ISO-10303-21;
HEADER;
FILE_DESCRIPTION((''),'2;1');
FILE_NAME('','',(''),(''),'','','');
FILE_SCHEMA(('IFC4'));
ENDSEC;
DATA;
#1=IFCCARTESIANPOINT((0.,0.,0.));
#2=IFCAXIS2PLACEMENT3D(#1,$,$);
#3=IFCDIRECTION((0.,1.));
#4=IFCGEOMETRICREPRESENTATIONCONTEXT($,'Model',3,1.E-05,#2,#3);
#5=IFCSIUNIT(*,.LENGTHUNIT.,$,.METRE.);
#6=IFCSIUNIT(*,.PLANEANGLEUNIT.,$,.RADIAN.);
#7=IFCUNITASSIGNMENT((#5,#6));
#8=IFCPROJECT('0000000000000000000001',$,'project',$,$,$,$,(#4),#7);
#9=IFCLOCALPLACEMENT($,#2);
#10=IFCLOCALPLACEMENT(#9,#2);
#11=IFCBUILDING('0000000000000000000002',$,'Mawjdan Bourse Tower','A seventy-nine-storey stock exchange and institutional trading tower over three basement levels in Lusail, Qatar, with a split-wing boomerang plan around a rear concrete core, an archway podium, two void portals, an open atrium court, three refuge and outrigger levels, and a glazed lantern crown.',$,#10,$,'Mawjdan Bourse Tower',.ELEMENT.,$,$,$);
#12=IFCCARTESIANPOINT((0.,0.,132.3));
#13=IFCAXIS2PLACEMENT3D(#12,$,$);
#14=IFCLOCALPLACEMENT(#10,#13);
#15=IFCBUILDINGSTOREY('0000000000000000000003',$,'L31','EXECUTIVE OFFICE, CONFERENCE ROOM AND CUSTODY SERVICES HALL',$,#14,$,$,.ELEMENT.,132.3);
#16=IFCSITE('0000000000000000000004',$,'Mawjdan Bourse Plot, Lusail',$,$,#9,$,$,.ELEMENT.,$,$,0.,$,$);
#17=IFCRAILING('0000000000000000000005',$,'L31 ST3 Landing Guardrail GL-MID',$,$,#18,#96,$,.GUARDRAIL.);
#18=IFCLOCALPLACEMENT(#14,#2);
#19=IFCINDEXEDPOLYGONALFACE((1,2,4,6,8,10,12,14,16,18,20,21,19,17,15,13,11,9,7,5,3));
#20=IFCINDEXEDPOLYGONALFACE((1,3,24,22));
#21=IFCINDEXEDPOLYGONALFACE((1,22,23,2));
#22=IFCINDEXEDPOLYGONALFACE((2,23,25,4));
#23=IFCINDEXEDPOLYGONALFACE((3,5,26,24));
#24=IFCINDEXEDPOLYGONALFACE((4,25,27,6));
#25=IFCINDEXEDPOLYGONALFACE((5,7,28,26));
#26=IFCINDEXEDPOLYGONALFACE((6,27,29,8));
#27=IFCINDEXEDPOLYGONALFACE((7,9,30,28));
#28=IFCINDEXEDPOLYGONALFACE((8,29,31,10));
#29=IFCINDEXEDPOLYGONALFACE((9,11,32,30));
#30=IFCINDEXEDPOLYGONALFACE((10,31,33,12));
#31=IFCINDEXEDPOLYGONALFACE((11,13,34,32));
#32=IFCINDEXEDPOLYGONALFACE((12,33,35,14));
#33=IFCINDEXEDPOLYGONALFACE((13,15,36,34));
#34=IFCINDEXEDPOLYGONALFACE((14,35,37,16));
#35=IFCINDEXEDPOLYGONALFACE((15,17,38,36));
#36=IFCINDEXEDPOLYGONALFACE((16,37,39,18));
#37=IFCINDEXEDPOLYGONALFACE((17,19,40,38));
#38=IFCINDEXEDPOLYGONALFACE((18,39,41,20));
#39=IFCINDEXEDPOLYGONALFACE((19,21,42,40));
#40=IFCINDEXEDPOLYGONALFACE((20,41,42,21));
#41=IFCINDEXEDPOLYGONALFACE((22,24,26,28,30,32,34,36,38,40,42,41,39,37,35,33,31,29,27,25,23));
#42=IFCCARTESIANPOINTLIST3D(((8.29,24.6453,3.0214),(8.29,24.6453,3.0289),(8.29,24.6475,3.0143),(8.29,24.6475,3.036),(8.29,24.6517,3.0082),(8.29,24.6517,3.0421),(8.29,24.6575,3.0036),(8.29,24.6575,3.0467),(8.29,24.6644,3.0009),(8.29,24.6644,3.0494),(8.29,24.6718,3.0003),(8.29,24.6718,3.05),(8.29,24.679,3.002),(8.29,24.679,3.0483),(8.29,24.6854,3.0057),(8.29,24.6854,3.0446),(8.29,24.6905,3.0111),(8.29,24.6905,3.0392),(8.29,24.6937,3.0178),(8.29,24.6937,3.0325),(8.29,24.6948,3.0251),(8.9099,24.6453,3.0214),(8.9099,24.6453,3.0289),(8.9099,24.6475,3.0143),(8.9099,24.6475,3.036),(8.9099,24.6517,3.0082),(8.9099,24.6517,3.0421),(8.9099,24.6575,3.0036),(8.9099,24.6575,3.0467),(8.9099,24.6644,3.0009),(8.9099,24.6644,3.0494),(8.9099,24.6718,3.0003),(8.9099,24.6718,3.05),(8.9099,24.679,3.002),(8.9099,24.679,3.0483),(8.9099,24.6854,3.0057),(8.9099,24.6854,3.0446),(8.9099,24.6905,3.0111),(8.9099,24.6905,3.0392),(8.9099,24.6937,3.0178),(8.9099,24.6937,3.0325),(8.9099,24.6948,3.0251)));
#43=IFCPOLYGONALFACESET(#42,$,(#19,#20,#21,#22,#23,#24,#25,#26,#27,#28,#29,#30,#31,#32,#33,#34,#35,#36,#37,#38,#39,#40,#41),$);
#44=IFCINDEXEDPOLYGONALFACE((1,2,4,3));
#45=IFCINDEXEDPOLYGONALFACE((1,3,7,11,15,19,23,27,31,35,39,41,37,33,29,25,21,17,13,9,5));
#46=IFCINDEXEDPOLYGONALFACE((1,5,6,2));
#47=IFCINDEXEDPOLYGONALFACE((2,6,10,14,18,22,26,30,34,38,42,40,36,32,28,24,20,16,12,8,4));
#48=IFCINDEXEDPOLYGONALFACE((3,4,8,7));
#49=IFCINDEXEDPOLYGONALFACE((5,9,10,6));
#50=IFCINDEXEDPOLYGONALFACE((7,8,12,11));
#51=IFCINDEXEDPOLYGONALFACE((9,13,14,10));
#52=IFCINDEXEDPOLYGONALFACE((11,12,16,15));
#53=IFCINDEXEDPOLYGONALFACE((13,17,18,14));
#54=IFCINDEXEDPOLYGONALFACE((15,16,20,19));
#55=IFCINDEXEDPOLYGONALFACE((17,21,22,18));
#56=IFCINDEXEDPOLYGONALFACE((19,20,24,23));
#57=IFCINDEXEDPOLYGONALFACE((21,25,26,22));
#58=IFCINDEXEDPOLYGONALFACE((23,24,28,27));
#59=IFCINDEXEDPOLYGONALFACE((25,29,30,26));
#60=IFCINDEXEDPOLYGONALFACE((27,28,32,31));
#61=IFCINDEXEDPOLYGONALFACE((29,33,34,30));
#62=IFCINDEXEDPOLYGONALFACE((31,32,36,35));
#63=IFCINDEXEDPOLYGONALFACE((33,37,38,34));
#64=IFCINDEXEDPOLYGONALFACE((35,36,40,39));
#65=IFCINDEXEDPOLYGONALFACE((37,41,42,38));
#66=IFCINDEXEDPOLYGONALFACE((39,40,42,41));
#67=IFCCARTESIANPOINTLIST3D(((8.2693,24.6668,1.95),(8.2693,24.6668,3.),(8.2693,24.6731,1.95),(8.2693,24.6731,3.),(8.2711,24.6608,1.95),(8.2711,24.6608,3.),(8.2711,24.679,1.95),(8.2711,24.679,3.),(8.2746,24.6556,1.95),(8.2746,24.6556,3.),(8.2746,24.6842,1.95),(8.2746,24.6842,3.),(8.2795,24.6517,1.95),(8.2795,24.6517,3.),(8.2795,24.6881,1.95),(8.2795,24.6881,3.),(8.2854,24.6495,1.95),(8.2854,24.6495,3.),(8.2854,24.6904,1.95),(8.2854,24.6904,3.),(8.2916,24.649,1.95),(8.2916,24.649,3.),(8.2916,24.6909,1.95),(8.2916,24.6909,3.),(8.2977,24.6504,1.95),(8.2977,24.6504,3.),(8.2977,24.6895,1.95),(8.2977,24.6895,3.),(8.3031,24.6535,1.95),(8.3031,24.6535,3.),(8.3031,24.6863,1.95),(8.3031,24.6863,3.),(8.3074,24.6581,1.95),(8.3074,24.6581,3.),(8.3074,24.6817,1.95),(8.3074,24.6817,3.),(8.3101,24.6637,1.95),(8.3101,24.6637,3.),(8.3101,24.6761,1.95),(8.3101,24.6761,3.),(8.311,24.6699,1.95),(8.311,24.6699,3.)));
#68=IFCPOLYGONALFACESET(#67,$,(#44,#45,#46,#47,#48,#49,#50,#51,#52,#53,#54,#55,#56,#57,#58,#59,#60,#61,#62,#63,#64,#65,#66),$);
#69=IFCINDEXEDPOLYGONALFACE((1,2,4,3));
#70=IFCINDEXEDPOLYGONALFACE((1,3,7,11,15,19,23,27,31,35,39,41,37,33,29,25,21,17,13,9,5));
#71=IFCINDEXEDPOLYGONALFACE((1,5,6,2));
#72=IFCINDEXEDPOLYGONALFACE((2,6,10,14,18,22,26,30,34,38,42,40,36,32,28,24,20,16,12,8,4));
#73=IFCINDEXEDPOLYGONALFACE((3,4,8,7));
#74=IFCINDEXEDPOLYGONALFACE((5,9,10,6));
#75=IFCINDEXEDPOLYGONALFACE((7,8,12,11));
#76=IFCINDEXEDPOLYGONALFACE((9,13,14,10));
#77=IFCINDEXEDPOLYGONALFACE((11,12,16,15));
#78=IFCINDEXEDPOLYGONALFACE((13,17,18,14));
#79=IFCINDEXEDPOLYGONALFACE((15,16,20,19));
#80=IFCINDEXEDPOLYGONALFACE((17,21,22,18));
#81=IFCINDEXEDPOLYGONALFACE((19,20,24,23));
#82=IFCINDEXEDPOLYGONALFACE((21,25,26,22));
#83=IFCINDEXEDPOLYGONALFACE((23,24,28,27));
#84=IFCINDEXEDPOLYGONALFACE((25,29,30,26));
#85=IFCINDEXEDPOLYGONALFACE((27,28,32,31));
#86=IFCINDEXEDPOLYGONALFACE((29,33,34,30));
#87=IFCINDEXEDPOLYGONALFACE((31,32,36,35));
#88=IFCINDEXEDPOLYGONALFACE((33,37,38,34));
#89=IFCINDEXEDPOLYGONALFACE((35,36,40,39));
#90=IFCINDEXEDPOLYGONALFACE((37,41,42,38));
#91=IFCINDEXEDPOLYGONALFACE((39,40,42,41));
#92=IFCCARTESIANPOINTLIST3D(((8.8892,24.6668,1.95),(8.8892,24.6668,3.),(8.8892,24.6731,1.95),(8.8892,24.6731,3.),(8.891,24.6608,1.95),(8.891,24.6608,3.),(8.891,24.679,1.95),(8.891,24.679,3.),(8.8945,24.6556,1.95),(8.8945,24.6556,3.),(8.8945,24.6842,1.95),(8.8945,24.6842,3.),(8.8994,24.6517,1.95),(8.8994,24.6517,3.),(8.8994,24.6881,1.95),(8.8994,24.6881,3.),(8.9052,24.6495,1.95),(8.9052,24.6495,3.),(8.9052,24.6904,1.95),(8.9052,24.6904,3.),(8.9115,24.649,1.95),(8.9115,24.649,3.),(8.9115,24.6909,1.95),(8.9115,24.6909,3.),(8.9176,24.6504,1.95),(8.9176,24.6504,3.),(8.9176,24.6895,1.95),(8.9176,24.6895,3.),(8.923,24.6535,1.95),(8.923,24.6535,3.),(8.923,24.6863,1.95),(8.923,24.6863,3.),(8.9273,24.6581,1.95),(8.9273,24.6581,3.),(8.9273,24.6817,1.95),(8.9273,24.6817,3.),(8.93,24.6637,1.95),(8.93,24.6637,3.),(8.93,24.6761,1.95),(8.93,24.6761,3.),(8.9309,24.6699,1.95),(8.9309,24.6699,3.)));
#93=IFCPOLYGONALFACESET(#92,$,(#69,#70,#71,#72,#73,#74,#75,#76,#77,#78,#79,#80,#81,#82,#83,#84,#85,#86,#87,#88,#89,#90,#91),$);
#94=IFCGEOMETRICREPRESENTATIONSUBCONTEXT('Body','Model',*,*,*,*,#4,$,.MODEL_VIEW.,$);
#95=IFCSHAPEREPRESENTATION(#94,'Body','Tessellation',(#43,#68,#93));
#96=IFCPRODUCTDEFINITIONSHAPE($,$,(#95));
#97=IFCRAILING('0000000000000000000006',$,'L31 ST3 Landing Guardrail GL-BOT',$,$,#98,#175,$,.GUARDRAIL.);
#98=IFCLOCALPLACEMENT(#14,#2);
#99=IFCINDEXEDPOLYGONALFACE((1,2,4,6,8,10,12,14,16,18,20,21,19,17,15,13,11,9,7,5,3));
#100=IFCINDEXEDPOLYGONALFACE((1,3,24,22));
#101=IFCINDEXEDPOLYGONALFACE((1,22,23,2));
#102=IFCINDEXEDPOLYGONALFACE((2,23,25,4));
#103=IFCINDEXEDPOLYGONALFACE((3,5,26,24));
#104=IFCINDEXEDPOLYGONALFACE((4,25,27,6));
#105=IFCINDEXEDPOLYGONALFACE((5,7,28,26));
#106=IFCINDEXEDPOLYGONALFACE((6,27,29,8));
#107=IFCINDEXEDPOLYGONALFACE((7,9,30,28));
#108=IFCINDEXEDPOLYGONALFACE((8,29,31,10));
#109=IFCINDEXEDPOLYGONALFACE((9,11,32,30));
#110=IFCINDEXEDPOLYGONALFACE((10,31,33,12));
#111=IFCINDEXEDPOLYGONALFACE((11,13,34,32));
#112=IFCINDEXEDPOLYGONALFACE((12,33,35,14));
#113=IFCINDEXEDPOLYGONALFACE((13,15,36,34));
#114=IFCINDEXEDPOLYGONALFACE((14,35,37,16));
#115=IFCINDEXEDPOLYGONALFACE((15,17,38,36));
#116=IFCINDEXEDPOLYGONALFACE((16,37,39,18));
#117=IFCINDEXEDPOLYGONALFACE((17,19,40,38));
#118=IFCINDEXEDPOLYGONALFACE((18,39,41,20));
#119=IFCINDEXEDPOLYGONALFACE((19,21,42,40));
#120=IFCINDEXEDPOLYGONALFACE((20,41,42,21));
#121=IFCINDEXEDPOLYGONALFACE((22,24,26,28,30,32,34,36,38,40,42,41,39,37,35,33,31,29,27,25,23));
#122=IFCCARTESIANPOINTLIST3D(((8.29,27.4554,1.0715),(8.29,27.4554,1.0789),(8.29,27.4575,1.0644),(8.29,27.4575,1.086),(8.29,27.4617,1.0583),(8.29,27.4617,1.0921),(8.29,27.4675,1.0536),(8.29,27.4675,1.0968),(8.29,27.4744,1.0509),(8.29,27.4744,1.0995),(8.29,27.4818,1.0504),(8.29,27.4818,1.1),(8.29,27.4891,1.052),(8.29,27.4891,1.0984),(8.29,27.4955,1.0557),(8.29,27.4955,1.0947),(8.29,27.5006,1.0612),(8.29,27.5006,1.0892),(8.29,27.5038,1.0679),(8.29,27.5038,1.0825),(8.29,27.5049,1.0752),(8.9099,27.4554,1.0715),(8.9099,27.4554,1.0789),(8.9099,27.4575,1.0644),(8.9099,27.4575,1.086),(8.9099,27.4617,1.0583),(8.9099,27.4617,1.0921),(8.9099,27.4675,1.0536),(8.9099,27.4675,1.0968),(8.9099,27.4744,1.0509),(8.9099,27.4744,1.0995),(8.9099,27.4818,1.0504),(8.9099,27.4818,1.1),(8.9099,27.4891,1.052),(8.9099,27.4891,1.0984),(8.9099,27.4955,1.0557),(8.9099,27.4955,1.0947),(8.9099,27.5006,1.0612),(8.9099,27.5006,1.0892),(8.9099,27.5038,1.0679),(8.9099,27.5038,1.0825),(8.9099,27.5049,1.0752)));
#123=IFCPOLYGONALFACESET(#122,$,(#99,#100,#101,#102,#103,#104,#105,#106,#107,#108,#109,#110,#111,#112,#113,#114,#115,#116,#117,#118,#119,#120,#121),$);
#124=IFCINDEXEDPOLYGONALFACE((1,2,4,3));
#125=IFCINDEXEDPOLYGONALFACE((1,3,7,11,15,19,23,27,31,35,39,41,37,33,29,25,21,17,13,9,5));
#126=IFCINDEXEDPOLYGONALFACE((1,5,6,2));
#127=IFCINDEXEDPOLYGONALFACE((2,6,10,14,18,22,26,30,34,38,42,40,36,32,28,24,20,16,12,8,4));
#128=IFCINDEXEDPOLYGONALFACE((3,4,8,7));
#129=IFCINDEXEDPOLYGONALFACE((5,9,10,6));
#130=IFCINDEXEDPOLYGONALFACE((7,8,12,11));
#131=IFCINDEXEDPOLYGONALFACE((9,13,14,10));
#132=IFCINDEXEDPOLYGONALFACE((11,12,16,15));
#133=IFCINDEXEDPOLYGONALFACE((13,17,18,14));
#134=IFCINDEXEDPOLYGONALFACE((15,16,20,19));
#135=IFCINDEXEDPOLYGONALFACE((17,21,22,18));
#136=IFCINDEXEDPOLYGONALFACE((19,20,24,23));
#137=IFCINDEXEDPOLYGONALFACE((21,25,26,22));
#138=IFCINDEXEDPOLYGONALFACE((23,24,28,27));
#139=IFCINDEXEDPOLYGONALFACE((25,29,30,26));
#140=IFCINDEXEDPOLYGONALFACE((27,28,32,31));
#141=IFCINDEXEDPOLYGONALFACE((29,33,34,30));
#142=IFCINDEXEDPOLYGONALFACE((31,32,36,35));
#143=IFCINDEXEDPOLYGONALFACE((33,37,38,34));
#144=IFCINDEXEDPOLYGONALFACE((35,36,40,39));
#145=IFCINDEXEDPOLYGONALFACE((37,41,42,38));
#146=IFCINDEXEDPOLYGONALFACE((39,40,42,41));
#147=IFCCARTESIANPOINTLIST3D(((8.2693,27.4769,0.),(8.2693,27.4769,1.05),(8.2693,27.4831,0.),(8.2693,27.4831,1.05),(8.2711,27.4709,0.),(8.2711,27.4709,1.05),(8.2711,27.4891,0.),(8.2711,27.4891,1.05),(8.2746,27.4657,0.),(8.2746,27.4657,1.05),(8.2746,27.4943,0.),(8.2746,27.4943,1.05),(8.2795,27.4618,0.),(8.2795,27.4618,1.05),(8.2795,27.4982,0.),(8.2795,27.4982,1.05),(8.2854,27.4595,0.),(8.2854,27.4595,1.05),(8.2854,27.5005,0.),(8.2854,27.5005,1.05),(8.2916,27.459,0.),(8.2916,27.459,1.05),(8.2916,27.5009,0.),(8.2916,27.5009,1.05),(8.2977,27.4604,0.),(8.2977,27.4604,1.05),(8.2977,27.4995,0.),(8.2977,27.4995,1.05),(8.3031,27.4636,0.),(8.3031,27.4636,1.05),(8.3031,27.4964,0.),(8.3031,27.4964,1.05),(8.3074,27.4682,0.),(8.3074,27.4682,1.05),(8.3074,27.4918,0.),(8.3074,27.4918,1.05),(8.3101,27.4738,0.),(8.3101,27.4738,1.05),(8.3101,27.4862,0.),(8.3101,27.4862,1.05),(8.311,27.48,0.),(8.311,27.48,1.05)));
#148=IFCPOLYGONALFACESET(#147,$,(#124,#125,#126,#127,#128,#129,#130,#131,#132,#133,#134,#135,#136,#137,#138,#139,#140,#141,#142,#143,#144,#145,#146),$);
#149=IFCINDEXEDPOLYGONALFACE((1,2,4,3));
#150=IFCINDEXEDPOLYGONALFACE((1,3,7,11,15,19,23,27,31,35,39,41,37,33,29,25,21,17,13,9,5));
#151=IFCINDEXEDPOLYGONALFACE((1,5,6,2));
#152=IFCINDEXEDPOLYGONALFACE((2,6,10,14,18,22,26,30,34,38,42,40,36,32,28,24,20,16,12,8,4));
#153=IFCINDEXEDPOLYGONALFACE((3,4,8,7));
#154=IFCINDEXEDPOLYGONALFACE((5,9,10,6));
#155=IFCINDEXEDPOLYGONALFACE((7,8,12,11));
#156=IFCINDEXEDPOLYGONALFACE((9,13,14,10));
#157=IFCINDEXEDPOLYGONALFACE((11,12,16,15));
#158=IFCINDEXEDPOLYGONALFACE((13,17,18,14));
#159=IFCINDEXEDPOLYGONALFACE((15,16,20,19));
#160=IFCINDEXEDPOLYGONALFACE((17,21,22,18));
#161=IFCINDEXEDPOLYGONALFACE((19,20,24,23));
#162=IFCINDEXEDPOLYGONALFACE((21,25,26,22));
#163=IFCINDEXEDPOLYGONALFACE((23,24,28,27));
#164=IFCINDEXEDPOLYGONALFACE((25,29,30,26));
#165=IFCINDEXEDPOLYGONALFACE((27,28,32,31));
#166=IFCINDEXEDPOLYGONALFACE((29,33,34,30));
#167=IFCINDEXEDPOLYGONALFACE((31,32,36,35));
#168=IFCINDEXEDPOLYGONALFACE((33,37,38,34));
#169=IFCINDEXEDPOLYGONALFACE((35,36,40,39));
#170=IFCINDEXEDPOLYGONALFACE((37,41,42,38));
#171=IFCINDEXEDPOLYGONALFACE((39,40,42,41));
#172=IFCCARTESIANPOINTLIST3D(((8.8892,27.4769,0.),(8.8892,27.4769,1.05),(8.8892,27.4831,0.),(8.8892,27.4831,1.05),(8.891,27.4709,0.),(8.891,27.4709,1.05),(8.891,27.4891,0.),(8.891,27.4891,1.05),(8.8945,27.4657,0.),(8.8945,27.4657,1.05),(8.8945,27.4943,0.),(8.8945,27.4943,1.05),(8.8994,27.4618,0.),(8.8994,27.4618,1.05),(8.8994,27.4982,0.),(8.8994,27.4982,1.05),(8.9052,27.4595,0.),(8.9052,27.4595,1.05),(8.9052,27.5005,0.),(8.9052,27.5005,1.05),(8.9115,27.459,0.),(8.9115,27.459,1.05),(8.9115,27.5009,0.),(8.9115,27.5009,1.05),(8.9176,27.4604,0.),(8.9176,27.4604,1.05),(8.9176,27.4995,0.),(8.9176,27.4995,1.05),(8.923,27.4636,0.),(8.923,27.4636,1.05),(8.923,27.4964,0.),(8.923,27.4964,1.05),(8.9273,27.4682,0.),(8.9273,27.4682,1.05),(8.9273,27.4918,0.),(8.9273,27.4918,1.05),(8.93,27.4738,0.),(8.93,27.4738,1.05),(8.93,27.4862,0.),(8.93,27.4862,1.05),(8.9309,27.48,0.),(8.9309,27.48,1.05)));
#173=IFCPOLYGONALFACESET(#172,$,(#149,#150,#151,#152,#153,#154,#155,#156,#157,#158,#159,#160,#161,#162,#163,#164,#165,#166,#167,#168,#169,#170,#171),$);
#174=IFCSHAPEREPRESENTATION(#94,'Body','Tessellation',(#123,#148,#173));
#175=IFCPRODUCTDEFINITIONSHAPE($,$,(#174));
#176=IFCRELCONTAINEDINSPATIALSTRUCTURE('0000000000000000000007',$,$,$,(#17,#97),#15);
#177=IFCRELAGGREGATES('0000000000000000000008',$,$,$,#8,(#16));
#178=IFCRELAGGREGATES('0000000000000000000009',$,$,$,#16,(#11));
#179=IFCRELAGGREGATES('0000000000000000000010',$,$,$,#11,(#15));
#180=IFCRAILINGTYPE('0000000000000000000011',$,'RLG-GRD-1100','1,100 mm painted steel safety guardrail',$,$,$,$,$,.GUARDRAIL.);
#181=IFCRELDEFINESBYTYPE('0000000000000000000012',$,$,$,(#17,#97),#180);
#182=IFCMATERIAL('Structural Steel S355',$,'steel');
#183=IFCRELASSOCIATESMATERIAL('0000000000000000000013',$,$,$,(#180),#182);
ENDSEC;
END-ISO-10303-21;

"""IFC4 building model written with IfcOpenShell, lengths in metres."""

from ifc_helpers import new_model, si_unit, direction, frame, origin, origin_2d, place, context, subcontext, project, spatial, circle, extrude, material, type_object, element, save


model = new_model("IFC4")

# Units and contexts
model_context = context("Model", 3, precision=1e-05, world=origin(), true_north=direction((0.0, 1.0)))
body_context = subcontext(model_context, "Body", "Model", "MODEL_VIEW")
ifc_project = project(units=[si_unit("LENGTHUNIT", "METRE"), si_unit("PLANEANGLEUNIT", "RADIAN")], contexts=[model_context])

# Site, building, storey
site_placement = place(None, origin())
site = spatial("IfcSite", under=ifc_project, at=site_placement, Name="Mawjdan Bourse Plot, Lusail", CompositionType="ELEMENT", RefElevation=0.0)
building_placement = place(site_placement, origin())
building = spatial("IfcBuilding", under=site, at=building_placement, Name="Mawjdan Bourse Tower", Description="A seventy-nine-storey stock exchange and institutional trading tower over three basement levels in Lusail, Qatar, with a split-wing boomerang plan around a rear concrete core, an archway podium, two void portals, an open atrium court, three refuge and outrigger levels, and a glazed lantern crown.", LongName="Mawjdan Bourse Tower", CompositionType="ELEMENT")
storey_placement = place(building_placement, frame((0.0, 0.0, 132.3)))
storey = spatial("IfcBuildingStorey", under=building, at=storey_placement, Name="L31", Description="EXECUTIVE OFFICE, CONFERENCE ROOM AND CUSTODY SERVICES HALL", CompositionType="ELEMENT", Elevation=132.3)

# Shared definitions
ifc_material_1 = material(Name="Structural Steel S355", Category="steel")

# Railings
railing_type_1 = type_object("IfcRailingType", Name="RLG-GRD-1100", Description="1,100 mm painted steel safety guardrail", PredefinedType="GUARDRAIL", material=ifc_material_1)
for number, where, name in (
    (1, (8.29, 24.6699, 1.95), "L31 ST3 Landing Guardrail GL-MID"),
    (2, (8.29, 27.48, 0.0), "L31 ST3 Landing Guardrail GL-BOT"),
):
    element("IfcRailing", number, at=place(storey_placement, frame(where)), inside=storey, type_object=railing_type_1, Name=name, PredefinedType="GUARDRAIL", context=body_context, shape_type="SweptSolid", body=[
        extrude(circle(Radius=0.0249, at=origin_2d()), frame((0.0, 0.0, 1.0752), z_axis=(1.0, 0.0, 0.0), x_axis=(0.0, 1.0, 0.0)), (0.0, 0.0, 1.0), 0.6199),
        extrude(circle(Radius=0.021, at=origin_2d()), origin(), (0.0, 0.0, 1.0), 1.05),
        extrude(circle(Radius=0.021, at=origin_2d()), frame((0.6199, 0.0, 0.0)), (0.0, 0.0, 1.0), 1.05),
    ])

save(model, "model.ifc")
